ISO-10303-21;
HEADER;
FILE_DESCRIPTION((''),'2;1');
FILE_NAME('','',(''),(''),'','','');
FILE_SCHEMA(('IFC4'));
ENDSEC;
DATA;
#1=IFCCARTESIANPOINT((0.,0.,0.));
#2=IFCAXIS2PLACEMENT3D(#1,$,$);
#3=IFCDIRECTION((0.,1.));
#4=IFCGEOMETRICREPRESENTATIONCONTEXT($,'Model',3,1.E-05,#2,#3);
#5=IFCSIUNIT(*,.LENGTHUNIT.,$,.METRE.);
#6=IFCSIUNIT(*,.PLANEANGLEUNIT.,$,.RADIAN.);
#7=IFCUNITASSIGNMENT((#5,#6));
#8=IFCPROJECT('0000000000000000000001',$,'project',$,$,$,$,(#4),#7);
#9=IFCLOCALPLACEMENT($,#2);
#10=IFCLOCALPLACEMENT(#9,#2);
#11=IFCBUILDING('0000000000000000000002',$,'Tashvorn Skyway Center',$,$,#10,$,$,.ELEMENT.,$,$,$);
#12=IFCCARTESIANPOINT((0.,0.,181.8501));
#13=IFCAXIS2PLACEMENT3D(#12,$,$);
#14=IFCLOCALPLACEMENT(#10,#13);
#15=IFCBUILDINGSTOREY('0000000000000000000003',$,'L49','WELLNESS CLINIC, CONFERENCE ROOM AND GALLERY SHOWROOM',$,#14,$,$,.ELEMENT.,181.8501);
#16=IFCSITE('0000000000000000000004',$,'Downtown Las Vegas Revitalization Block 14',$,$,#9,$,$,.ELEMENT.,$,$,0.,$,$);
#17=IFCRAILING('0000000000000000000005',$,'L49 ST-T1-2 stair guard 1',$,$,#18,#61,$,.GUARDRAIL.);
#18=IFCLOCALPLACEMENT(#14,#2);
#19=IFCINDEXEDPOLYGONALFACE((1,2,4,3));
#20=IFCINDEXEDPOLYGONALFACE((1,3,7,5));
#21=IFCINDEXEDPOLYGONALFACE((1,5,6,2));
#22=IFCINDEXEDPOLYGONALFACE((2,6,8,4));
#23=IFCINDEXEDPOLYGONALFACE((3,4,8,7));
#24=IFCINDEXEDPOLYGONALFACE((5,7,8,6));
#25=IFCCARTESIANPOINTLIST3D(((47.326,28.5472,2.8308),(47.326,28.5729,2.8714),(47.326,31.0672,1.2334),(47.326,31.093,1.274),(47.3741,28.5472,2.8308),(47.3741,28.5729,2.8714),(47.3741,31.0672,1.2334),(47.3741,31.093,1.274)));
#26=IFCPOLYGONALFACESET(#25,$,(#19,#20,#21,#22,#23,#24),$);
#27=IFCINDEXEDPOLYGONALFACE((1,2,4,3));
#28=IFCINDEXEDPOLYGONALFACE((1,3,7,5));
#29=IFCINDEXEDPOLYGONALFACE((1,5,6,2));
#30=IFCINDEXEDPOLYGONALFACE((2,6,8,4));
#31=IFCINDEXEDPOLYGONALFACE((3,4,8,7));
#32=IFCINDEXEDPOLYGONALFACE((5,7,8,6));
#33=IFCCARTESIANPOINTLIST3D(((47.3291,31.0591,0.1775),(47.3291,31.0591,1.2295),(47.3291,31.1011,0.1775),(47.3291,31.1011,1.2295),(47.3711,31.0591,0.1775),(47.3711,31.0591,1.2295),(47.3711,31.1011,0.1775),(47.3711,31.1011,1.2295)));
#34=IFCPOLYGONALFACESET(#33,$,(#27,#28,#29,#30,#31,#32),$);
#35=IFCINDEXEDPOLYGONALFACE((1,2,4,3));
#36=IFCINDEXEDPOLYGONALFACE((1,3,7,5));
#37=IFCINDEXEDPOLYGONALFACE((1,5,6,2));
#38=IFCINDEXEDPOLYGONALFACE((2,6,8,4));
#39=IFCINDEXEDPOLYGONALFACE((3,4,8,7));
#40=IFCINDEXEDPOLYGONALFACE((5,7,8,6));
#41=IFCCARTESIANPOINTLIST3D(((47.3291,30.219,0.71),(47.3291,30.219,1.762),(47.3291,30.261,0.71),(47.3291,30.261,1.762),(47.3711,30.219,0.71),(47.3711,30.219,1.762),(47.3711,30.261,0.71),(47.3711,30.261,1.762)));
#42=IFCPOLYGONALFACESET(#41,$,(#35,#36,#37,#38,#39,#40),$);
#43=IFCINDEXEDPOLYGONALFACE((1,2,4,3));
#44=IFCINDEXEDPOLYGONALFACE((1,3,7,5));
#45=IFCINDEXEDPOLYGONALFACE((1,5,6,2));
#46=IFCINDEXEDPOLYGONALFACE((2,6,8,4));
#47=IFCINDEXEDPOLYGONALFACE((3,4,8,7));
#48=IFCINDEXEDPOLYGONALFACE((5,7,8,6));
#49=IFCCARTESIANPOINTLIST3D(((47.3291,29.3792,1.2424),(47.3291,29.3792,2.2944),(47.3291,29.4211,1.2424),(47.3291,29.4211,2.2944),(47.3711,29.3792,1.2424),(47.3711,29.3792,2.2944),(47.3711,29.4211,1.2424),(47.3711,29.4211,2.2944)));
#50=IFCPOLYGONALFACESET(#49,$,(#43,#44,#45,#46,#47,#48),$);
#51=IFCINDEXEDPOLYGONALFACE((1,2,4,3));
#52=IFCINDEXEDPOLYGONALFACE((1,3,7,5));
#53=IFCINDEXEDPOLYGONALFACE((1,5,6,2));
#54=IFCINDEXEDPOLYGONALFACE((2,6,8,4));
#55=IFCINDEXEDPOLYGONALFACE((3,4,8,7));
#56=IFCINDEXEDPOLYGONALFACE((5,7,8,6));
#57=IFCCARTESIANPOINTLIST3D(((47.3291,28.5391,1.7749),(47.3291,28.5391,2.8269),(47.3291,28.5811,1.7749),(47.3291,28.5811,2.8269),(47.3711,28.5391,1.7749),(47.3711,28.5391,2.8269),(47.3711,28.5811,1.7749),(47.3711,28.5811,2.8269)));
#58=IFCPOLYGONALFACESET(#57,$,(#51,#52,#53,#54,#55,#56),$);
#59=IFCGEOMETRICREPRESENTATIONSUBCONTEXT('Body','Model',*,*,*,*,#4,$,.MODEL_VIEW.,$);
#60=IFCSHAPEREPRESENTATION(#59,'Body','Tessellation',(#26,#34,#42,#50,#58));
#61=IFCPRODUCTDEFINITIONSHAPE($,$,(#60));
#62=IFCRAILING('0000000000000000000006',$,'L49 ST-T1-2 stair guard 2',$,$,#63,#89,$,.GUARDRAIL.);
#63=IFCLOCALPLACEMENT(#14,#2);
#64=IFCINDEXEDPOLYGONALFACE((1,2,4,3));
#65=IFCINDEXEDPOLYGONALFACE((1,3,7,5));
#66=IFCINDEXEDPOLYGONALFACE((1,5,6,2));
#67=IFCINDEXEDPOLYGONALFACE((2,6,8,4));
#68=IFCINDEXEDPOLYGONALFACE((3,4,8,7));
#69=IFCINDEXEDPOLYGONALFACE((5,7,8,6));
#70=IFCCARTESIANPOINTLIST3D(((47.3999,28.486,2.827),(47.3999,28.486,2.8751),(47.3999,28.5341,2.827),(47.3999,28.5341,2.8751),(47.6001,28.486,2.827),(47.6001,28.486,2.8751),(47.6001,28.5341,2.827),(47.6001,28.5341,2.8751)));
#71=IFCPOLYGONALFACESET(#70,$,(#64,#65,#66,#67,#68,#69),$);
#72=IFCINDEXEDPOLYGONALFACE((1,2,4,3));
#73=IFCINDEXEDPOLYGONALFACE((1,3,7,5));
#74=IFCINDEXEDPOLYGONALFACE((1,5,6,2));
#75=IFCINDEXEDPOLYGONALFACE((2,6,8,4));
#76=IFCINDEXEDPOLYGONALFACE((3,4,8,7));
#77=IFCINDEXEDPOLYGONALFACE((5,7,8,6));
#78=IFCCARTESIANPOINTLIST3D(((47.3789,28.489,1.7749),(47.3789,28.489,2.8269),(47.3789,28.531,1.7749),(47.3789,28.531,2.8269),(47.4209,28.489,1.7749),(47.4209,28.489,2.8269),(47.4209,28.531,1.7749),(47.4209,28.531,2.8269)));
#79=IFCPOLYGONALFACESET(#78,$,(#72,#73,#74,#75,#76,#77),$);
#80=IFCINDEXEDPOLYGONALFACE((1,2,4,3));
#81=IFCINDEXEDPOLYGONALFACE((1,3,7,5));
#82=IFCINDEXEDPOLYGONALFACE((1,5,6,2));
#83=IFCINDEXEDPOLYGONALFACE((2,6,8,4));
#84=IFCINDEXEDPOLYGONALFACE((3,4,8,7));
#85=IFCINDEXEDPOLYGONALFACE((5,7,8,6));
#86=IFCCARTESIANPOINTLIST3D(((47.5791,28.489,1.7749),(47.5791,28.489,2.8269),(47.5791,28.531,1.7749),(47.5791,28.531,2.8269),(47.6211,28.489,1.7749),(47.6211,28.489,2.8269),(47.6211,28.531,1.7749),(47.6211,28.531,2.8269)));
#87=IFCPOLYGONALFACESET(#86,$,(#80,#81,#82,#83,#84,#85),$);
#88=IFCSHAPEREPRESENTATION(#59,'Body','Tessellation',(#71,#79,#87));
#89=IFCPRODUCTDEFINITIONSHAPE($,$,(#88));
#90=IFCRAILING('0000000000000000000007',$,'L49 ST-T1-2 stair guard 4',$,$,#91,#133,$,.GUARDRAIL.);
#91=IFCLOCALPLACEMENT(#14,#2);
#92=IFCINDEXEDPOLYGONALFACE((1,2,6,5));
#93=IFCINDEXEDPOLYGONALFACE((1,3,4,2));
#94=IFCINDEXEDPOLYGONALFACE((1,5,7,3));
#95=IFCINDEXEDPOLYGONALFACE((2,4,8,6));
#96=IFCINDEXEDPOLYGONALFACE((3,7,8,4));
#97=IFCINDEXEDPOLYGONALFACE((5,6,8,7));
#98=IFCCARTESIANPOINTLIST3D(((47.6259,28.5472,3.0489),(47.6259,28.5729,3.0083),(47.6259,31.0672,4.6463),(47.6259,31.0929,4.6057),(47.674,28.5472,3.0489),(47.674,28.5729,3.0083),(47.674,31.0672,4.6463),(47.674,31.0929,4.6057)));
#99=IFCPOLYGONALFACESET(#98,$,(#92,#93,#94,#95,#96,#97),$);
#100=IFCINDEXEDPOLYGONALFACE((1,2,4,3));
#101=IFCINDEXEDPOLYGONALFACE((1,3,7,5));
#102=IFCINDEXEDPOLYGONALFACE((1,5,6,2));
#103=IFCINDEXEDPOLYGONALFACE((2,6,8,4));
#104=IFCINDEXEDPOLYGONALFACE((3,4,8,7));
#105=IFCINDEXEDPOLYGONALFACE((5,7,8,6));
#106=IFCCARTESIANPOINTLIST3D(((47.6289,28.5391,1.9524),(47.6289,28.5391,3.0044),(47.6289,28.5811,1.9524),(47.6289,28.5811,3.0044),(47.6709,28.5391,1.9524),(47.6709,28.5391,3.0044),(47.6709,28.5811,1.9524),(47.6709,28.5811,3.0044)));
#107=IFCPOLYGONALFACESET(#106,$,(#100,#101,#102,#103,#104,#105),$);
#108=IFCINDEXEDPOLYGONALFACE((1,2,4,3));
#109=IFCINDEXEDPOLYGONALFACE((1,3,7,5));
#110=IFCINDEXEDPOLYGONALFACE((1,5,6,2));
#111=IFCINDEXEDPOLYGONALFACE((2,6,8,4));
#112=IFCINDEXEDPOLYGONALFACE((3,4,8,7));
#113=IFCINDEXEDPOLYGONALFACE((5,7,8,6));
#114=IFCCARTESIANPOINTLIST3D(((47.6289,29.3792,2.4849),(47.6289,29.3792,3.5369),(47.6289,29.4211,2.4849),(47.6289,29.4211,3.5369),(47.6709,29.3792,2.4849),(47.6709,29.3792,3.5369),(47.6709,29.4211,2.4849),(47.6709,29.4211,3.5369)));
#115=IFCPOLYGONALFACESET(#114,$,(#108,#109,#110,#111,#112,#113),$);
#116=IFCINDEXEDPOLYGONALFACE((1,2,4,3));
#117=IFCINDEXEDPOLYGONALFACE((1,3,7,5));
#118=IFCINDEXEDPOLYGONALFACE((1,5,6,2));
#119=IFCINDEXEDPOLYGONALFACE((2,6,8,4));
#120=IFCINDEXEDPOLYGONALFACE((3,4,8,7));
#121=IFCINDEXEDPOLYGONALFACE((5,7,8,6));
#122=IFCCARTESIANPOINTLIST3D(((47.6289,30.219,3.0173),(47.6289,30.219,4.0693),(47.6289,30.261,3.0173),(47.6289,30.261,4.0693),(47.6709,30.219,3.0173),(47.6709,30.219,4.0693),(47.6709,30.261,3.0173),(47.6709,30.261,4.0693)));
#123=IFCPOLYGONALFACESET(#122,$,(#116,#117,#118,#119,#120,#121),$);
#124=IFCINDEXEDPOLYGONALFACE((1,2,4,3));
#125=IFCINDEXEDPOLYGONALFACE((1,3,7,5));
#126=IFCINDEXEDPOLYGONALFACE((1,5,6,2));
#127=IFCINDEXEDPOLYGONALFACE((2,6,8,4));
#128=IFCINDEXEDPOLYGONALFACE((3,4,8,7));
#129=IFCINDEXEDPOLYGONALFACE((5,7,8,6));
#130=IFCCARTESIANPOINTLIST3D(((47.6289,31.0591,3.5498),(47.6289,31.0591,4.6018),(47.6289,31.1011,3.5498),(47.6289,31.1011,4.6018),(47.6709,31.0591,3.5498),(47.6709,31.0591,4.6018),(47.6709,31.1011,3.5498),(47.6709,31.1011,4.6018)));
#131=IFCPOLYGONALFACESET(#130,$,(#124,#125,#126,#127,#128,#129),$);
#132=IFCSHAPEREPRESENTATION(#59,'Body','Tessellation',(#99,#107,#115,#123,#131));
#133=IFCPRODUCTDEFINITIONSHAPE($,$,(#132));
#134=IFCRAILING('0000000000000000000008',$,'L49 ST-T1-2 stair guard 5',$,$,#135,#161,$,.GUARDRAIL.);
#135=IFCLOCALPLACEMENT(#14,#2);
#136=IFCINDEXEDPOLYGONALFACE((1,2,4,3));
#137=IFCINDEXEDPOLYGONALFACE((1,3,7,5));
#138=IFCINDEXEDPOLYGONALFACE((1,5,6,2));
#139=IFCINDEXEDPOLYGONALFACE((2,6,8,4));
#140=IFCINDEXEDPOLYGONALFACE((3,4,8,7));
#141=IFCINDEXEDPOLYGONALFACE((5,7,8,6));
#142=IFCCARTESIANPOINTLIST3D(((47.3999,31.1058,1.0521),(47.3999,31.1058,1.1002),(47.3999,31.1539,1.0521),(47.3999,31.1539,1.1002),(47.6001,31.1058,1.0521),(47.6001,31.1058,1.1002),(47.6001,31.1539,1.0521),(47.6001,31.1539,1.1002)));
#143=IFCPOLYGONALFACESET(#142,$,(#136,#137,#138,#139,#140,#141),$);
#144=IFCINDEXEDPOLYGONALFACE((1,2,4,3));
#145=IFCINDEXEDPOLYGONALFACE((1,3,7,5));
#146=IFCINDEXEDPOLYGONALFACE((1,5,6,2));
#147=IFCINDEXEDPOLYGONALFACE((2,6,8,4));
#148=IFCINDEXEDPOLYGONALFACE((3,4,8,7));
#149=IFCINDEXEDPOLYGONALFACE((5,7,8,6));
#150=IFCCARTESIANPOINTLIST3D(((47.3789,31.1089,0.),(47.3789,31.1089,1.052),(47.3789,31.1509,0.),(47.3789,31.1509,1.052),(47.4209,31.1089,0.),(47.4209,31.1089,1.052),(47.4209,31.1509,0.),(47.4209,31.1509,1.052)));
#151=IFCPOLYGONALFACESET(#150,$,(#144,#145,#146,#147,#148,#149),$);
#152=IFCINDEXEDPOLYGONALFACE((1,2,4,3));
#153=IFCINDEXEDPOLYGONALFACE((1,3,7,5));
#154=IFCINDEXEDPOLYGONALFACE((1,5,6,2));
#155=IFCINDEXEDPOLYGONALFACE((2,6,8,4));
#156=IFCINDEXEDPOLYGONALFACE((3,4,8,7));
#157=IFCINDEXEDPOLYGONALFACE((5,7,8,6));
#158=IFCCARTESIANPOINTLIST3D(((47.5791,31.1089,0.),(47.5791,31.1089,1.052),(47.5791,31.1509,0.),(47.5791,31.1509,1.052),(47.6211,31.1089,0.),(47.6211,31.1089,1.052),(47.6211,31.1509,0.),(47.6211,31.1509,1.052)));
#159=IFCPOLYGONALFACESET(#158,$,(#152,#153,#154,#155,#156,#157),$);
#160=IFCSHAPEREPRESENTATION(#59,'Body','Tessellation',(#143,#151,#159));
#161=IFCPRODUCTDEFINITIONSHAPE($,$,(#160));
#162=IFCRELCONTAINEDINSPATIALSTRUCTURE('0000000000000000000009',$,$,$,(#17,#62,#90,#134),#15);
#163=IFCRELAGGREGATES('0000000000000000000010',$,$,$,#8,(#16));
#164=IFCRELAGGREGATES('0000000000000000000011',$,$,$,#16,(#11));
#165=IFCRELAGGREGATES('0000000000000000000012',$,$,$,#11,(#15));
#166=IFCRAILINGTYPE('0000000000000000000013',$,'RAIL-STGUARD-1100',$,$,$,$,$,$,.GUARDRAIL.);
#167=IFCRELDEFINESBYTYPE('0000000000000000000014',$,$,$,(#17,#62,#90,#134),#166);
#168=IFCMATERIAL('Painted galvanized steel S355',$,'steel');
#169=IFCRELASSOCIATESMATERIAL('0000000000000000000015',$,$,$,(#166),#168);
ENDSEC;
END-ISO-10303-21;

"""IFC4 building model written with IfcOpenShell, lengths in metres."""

from ifc_helpers import new_model, si_unit, direction, frame, origin, origin_2d, place, context, subcontext, project, spatial, rectangle, extrude, material, type_object, element, save


model = new_model("IFC4")

# Units and contexts
model_context = context("Model", 3, precision=1e-05, world=origin(), true_north=direction((0.0, 1.0)))
body_context = subcontext(model_context, "Body", "Model", "MODEL_VIEW")
ifc_project = project(units=[si_unit("LENGTHUNIT", "METRE"), si_unit("PLANEANGLEUNIT", "RADIAN")], contexts=[model_context])

# Site, building, storey
site_placement = place(None, origin())
site = spatial("IfcSite", under=ifc_project, at=site_placement, Name="Downtown Las Vegas Revitalization Block 14", CompositionType="ELEMENT", RefElevation=0.0)
building_placement = place(site_placement, origin())
building = spatial("IfcBuilding", under=site, at=building_placement, Name="Tashvorn Skyway Center", CompositionType="ELEMENT")
storey_placement = place(building_placement, frame((0.0, 0.0, 181.8501)))
storey = spatial("IfcBuildingStorey", under=building, at=storey_placement, Name="L49", Description="WELLNESS CLINIC, CONFERENCE ROOM AND GALLERY SHOWROOM", CompositionType="ELEMENT", Elevation=181.8501)

# Railings
ifc_material_1 = material(Name="Painted galvanized steel S355", Category="steel")
railing_type_1 = type_object("IfcRailingType", Name="RAIL-STGUARD-1100", PredefinedType="GUARDRAIL", material=ifc_material_1)
railing_1_placement = place(storey_placement, frame((47.3501, 31.0801, 0.1775)))
element("IfcRailing", 1, at=railing_1_placement, inside=storey, type_object=railing_type_1, Name="L49 ST-T1-2 stair guard 1", PredefinedType="GUARDRAIL", context=body_context, shape_type="SweptSolid", body=[
    extrude(rectangle(XDim=0.0481, YDim=0.0481, at=origin_2d()), frame((0.0, 0.0, 1.0762), z_axis=(0.0, -0.844607, 0.535387), x_axis=(1.0, 0.0, 0.0)), (0.0, 0.0, 1.0), 2.9836),
    extrude(rectangle(XDim=0.042, YDim=0.042, at=origin_2d()), origin(), (0.0, 0.0, 1.0), 1.052),
    extrude(rectangle(XDim=0.042, YDim=0.042, at=origin_2d()), frame((0.0, -0.8401, 0.5325)), (0.0, 0.0, 1.0), 1.052),
    extrude(rectangle(XDim=0.042, YDim=0.042, at=origin_2d()), frame((0.0, -1.6799, 1.0649)), (0.0, 0.0, 1.0), 1.052),
    extrude(rectangle(XDim=0.042, YDim=0.042, at=origin_2d()), frame((0.0, -2.52, 1.5974)), (0.0, 0.0, 1.0), 1.052),
])
railing_2_placement = place(storey_placement, frame((47.3999, 28.51, 1.7749)))
element("IfcRailing", 2, at=railing_2_placement, inside=storey, type_object=railing_type_1, Name="L49 ST-T1-2 stair guard 2", PredefinedType="GUARDRAIL", context=body_context, shape_type="SweptSolid", body=[
    extrude(rectangle(XDim=0.0481, YDim=0.0481, at=origin_2d()), frame((0.0, 0.0, 1.0762), z_axis=(1.0, 0.0, 0.0), x_axis=(0.0, 1.0, 0.0)), (0.0, 0.0, 1.0), 0.2002),
    extrude(rectangle(XDim=0.042, YDim=0.042, at=origin_2d()), origin(), (0.0, 0.0, 1.0), 1.052),
    extrude(rectangle(XDim=0.042, YDim=0.042, at=origin_2d()), frame((0.2002, 0.0, 0.0)), (0.0, 0.0, 1.0), 1.052),
])
railing_3_placement = place(storey_placement, frame((47.6499, 28.5601, 1.9524)))
element("IfcRailing", 3, at=railing_3_placement, inside=storey, type_object=railing_type_1, Name="L49 ST-T1-2 stair guard 4", PredefinedType="GUARDRAIL", context=body_context, shape_type="SweptSolid", body=[
    extrude(rectangle(XDim=0.0481, YDim=0.0481, at=origin_2d()), frame((0.0, 0.0, 1.0762), z_axis=(0.0, 0.844607, 0.535387), x_axis=(-1.0, 0.0, 0.0)), (0.0, 0.0, 1.0), 2.9836),
    extrude(rectangle(XDim=0.042, YDim=0.042, at=origin_2d()), origin(), (0.0, 0.0, 1.0), 1.052),
    extrude(rectangle(XDim=0.042, YDim=0.042, at=origin_2d()), frame((0.0, 0.8401, 0.5325)), (0.0, 0.0, 1.0), 1.052),
    extrude(rectangle(XDim=0.042, YDim=0.042, at=origin_2d()), frame((0.0, 1.6799, 1.0649)), (0.0, 0.0, 1.0), 1.052),
    extrude(rectangle(XDim=0.042, YDim=0.042, at=origin_2d()), frame((0.0, 2.52, 1.5974)), (0.0, 0.0, 1.0), 1.052),
])
railing_4_placement = place(storey_placement, frame((47.3999, 31.1299, 0.0)))
element("IfcRailing", 4, at=railing_4_placement, inside=storey, type_object=railing_type_1, Name="L49 ST-T1-2 stair guard 5", PredefinedType="GUARDRAIL", context=body_context, shape_type="SweptSolid", body=[
    extrude(rectangle(XDim=0.0481, YDim=0.0481, at=origin_2d()), frame((0.0, 0.0, 1.0762), z_axis=(1.0, 0.0, 0.0), x_axis=(0.0, 1.0, 0.0)), (0.0, 0.0, 1.0), 0.2002),
    extrude(rectangle(XDim=0.042, YDim=0.042, at=origin_2d()), origin(), (0.0, 0.0, 1.0), 1.052),
    extrude(rectangle(XDim=0.042, YDim=0.042, at=origin_2d()), frame((0.2002, 0.0, 0.0)), (0.0, 0.0, 1.0), 1.052),
])

save(model, "model.ifc")
